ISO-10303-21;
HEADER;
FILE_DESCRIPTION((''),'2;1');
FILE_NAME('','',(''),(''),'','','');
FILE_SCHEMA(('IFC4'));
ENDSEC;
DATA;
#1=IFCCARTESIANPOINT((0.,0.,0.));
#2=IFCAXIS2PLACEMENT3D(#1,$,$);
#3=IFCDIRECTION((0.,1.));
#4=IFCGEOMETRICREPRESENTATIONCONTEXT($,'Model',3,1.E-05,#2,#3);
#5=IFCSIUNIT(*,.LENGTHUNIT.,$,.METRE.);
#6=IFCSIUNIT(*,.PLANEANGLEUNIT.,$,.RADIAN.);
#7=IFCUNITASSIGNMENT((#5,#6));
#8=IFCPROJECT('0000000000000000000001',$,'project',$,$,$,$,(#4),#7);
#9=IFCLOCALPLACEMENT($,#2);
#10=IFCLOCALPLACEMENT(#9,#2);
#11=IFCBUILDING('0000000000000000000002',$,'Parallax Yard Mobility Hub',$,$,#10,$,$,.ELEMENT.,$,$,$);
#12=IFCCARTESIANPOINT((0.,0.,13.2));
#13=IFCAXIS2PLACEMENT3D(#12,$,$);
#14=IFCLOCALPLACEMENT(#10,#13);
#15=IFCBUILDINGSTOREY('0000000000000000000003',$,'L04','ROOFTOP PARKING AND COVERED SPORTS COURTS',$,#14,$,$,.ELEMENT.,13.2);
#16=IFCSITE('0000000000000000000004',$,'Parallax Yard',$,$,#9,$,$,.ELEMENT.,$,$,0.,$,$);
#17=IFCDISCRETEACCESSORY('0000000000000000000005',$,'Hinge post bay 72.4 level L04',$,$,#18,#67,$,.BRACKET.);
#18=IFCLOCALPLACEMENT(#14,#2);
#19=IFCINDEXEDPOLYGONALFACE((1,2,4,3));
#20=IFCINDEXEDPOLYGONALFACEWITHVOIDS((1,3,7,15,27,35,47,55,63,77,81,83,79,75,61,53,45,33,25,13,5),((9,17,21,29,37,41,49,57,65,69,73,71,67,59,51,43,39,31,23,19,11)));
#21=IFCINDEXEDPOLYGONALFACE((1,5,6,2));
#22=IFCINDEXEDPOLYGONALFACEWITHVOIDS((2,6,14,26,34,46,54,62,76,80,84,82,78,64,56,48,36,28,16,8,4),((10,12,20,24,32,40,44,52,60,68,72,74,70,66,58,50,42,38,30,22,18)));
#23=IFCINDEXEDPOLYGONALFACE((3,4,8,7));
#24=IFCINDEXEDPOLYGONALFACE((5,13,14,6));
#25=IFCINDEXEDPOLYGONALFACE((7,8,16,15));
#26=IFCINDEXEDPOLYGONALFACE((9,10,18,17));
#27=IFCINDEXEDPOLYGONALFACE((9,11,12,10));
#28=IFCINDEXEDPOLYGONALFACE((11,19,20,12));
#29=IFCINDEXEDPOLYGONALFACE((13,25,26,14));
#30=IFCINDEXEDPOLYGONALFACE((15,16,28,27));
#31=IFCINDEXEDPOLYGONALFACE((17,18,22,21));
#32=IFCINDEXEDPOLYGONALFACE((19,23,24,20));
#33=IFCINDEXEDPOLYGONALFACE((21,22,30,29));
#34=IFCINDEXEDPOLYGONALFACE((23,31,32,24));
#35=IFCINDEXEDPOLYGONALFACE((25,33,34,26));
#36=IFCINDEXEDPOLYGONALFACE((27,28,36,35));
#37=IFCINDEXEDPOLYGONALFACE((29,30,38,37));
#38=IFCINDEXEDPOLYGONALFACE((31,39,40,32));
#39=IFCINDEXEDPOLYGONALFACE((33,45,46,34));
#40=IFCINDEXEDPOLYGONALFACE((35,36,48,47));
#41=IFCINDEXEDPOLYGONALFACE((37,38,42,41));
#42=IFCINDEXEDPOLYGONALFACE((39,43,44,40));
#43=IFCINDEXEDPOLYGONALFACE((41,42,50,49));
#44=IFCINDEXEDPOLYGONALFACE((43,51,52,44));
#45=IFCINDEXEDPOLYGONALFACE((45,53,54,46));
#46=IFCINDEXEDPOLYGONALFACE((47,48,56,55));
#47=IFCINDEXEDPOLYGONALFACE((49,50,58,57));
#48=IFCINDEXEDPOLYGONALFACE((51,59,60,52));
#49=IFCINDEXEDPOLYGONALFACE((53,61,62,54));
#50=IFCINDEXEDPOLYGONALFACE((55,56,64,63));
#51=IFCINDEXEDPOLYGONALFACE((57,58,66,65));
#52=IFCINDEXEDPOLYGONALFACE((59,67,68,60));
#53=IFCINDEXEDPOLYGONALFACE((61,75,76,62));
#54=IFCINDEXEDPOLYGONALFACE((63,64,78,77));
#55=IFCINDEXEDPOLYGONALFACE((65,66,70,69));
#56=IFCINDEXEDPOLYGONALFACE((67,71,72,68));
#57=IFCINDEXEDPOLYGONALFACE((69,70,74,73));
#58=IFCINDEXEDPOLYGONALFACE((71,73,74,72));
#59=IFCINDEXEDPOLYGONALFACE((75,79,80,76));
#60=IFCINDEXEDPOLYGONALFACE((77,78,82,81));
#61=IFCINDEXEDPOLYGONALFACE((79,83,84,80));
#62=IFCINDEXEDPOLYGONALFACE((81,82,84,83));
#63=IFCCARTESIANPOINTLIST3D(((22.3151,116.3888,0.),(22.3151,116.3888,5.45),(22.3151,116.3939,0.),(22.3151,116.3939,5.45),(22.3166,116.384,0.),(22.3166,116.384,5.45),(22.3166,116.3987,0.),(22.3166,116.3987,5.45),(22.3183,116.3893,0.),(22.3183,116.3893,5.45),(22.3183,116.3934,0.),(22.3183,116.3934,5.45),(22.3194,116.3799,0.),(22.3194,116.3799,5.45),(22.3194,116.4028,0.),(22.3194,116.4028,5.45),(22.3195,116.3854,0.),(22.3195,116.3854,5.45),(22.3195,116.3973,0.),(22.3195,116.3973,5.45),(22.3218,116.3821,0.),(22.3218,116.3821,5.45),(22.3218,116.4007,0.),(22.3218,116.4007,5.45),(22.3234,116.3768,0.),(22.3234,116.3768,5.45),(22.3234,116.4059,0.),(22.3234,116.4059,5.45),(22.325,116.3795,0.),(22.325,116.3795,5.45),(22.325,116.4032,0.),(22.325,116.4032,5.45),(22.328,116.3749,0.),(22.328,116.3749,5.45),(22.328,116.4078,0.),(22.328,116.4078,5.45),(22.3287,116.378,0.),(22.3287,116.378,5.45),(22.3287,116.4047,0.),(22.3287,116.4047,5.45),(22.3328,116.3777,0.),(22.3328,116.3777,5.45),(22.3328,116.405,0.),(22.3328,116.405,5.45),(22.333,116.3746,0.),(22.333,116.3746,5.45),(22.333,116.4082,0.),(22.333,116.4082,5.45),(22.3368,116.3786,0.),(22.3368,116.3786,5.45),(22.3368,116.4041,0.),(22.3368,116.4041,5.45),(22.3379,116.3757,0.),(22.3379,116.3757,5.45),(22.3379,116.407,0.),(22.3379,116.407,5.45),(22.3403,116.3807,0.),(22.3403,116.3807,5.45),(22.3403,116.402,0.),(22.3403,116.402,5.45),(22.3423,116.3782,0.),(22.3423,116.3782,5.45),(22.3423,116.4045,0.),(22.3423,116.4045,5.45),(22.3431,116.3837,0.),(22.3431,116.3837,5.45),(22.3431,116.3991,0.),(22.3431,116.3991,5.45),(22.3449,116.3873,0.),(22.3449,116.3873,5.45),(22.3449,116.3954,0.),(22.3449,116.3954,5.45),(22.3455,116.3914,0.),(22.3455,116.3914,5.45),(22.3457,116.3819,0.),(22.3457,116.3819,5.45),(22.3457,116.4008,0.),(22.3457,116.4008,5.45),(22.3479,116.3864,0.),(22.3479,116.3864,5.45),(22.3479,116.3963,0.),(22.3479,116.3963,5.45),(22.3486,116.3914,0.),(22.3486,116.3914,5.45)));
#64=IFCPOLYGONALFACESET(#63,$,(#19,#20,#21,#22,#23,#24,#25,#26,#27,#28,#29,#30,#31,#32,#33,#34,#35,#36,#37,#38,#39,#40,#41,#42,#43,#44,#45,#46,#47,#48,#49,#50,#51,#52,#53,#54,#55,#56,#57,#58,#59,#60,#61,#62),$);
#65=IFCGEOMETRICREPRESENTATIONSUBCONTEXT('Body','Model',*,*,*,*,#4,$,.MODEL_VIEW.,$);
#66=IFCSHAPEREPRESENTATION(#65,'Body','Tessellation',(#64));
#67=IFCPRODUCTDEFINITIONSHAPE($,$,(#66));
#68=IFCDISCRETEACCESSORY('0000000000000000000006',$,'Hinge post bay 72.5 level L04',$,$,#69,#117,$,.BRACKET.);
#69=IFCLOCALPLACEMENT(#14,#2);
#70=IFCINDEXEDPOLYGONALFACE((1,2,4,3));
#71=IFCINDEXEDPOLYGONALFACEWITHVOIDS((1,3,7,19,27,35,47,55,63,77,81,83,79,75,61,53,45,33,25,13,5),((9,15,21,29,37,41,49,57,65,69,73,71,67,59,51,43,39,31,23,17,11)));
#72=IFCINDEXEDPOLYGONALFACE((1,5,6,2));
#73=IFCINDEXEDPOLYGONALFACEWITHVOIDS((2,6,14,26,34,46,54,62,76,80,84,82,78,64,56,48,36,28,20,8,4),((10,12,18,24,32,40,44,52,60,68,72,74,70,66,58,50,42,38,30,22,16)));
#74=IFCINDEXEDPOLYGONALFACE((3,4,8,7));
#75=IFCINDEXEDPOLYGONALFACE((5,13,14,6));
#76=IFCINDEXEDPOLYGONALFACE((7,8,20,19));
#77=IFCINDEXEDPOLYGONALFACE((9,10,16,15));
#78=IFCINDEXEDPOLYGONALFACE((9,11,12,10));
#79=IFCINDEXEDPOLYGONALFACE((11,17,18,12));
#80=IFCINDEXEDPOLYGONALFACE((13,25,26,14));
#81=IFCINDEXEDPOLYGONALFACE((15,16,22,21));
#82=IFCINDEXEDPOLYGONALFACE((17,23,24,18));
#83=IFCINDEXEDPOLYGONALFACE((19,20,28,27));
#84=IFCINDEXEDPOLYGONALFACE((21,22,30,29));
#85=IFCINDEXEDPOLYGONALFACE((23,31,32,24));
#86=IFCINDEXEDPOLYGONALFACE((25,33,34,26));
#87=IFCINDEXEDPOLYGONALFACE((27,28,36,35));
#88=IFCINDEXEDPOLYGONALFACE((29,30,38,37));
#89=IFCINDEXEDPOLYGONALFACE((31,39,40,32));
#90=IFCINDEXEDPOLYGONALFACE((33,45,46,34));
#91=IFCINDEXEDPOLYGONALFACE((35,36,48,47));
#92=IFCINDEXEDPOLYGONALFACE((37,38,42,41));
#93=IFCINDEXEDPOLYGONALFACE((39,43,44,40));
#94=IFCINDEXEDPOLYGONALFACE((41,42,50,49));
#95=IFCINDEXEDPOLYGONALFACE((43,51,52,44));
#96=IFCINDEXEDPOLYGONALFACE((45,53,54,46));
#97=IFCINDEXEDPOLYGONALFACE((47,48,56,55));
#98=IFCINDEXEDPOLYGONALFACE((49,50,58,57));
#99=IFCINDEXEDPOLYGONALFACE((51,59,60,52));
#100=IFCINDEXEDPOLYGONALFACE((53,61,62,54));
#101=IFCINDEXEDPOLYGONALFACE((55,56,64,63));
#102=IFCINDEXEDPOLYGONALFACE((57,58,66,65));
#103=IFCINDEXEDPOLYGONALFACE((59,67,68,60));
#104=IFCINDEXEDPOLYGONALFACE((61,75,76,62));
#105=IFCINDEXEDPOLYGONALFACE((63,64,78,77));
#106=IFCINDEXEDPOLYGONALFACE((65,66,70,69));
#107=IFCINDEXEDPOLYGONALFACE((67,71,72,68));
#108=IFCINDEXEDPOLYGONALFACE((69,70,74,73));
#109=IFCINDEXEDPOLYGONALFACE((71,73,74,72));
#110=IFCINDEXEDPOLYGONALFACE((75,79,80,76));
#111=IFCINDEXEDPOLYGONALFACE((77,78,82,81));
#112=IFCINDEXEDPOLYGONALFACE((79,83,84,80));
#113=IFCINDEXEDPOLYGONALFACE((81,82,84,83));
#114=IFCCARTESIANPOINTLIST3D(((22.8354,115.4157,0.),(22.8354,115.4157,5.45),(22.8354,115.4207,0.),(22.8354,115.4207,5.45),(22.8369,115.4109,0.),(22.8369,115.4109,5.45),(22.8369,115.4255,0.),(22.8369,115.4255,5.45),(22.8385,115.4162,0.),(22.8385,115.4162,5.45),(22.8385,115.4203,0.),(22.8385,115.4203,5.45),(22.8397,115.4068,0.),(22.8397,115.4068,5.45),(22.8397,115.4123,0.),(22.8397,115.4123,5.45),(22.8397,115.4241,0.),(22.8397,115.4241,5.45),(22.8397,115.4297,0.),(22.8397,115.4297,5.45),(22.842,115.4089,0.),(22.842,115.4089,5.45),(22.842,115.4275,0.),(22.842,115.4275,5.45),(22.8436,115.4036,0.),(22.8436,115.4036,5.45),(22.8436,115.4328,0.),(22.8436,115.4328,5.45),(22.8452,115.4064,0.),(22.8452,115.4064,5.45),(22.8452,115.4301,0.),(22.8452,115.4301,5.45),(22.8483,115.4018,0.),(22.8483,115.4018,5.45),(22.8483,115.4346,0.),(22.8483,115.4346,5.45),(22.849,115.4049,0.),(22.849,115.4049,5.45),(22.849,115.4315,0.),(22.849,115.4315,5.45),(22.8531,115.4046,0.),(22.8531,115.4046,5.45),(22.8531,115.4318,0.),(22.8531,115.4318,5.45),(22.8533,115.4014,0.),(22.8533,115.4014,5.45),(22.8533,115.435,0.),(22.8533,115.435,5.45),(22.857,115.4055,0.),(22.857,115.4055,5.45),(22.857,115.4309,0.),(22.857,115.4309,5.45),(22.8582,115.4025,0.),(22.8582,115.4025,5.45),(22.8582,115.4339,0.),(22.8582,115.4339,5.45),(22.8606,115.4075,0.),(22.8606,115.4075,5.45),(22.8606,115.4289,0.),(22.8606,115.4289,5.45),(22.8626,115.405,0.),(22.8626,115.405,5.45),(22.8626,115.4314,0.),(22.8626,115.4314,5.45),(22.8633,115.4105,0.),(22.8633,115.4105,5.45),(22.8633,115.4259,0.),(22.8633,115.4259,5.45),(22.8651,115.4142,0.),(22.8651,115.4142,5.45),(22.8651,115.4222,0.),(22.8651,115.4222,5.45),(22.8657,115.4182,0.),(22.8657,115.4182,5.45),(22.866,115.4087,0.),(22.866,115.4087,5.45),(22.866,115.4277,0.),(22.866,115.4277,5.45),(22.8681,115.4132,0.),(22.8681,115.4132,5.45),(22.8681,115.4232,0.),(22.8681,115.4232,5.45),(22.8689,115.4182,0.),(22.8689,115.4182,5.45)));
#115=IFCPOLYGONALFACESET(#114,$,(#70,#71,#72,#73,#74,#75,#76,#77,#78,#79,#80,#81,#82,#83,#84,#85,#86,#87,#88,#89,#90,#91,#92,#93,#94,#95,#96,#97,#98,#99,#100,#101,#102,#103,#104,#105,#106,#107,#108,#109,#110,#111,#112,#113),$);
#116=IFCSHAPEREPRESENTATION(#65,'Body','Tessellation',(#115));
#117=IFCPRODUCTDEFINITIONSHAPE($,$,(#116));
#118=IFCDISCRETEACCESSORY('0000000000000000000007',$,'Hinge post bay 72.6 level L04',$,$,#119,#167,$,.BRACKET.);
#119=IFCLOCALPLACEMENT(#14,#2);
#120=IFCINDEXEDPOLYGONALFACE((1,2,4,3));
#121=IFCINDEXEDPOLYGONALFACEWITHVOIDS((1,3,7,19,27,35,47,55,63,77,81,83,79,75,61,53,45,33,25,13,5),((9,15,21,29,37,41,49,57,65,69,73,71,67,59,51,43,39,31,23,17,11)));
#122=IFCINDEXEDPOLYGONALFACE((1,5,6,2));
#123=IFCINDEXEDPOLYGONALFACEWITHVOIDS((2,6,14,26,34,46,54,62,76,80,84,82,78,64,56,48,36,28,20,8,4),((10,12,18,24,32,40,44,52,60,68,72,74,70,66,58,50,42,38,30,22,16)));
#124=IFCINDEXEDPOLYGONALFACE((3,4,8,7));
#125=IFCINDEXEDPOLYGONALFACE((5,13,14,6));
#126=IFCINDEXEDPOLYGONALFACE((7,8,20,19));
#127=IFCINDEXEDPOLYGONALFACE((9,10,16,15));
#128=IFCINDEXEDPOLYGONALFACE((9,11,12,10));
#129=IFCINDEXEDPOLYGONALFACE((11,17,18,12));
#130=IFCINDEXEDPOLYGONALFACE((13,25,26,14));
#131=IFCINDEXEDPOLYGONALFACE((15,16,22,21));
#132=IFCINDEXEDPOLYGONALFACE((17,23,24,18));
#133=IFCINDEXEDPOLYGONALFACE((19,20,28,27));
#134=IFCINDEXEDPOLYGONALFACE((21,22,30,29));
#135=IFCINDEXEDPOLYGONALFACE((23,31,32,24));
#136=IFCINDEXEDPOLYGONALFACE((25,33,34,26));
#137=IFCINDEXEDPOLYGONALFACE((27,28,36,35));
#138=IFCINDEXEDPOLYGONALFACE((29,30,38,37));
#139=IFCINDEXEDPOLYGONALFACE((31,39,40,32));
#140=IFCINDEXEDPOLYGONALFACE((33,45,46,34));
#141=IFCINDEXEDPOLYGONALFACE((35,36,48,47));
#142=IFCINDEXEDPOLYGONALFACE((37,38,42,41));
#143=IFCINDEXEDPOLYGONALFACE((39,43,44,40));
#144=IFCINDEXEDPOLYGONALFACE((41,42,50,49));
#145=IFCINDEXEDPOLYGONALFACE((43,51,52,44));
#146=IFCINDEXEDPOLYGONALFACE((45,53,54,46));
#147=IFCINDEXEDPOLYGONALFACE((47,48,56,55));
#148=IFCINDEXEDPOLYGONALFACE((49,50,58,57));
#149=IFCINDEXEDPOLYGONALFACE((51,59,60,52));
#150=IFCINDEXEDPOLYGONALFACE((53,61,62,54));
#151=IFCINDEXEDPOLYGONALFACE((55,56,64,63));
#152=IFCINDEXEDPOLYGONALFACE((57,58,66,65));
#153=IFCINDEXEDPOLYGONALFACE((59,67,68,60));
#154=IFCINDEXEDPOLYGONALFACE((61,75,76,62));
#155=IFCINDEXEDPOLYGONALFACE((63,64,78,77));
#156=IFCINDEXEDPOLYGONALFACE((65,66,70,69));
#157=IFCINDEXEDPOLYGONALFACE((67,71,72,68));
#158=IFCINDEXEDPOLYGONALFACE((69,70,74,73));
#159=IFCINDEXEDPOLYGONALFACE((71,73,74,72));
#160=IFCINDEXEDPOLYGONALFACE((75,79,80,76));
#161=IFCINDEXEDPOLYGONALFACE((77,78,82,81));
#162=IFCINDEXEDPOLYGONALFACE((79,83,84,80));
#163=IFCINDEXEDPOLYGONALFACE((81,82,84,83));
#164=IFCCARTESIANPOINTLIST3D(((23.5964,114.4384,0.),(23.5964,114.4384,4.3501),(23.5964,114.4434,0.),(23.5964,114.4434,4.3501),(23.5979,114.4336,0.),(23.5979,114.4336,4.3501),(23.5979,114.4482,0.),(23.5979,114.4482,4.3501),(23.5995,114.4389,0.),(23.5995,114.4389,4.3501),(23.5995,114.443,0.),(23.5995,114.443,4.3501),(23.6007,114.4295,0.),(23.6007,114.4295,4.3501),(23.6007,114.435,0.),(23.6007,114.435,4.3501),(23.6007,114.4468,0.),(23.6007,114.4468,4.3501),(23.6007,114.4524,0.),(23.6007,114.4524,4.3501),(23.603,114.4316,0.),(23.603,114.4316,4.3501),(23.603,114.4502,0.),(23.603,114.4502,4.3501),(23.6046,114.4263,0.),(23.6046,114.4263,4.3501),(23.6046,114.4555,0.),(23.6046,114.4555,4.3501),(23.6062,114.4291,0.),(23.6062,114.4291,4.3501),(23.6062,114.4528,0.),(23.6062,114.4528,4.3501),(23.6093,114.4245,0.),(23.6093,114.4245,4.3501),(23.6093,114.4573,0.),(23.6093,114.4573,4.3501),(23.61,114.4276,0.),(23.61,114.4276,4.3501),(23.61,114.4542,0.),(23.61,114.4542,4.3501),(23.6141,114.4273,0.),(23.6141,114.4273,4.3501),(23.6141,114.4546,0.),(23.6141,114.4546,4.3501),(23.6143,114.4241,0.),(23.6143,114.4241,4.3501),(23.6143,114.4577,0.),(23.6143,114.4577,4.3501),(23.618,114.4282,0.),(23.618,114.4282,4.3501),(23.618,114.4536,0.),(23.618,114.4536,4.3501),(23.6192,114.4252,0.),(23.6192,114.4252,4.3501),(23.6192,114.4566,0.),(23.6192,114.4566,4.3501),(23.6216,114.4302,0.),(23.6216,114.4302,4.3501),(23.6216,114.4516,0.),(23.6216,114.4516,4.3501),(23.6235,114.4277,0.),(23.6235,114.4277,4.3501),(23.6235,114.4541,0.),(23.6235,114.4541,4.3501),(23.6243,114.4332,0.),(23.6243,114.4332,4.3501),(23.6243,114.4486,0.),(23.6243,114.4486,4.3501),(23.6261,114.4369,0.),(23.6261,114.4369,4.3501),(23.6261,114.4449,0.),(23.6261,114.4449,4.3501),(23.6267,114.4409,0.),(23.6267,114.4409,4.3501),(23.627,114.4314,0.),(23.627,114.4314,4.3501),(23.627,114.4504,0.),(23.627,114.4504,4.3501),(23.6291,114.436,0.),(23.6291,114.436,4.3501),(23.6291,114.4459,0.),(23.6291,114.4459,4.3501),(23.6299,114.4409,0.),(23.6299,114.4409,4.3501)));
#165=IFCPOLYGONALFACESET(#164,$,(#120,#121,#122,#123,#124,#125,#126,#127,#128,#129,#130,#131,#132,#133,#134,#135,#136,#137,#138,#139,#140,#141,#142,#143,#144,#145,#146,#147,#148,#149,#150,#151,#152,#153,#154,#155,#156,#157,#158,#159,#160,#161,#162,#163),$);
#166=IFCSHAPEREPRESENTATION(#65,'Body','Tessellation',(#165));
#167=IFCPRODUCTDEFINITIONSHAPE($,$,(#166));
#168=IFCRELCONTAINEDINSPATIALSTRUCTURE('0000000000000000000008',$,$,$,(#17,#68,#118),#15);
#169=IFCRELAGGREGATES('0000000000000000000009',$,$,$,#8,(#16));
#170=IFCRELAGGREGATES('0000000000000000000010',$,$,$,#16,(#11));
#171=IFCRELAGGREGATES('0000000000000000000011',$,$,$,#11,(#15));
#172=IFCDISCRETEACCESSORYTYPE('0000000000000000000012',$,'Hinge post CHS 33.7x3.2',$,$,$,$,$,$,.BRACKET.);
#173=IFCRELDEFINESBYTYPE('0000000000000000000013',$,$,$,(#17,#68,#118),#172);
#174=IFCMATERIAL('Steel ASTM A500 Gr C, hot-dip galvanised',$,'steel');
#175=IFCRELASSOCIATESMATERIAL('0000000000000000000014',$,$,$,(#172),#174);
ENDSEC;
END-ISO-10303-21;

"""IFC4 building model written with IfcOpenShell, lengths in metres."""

from ifc_helpers import new_model, si_unit, direction, frame, origin, origin_2d, place, context, subcontext, project, spatial, hollow_circle, extrude, material, material_profile, profile_set, type_object, element, save


model = new_model("IFC4")

# Units and contexts
model_context = context("Model", 3, precision=1e-05, world=origin(), true_north=direction((0.0, 1.0)))
body_context = subcontext(model_context, "Body", "Model", "MODEL_VIEW")
ifc_project = project(units=[si_unit("LENGTHUNIT", "METRE"), si_unit("PLANEANGLEUNIT", "RADIAN")], contexts=[model_context])

# Site, building, storey
site_placement = place(None, origin())
site = spatial("IfcSite", under=ifc_project, at=site_placement, Name="Parallax Yard", CompositionType="ELEMENT", RefElevation=0.0)
building_placement = place(site_placement, origin())
building = spatial("IfcBuilding", under=site, at=building_placement, Name="Parallax Yard Mobility Hub", CompositionType="ELEMENT")
storey_placement = place(building_placement, frame((0.0, 0.0, 13.2)))
storey = spatial("IfcBuildingStorey", under=building, at=storey_placement, Name="L04", Description="ROOFTOP PARKING AND COVERED SPORTS COURTS", CompositionType="ELEMENT", Elevation=13.2)

# Discrete accessories
ifc_material_1 = material(Name="Steel ASTM A500 Gr C, hot-dip galvanised", Category="steel")
ifc_material_profile_1 = material_profile(ifc_material_1, hollow_circle(Radius=0.0168, WallThickness=0.0032, at=origin_2d()), Name="CHS 33.7x3.2")
ifc_profile_set_1 = profile_set([ifc_material_profile_1], Name="Steel ASTM A500 Gr C, hot-dip galvanised")
discrete_accessory_type_1 = type_object("IfcDiscreteAccessoryType", Name="Hinge post CHS 33.7x3.2", PredefinedType="BRACKET", material=ifc_profile_set_1)
for number, where, z_axis, x_axis, name in (
    (1, (22.3318, 116.3914, 0.0), (0.0, 0.0, 1.0), (1.0, 0.0, 0.0), "Hinge post bay 72.4 level L04"),
    (2, (22.8521, 115.4182, 0.0), (0.0, 0.0, 1.0), (1.0, 0.0, 0.0), "Hinge post bay 72.5 level L04"),
):
    element("IfcDiscreteAccessory", number, at=place(storey_placement, frame(where, z_axis=z_axis, x_axis=x_axis)), inside=storey, type_object=discrete_accessory_type_1, Name=name, PredefinedType="BRACKET", context=body_context, shape_type="SweptSolid", body=[
        extrude(hollow_circle(Radius=0.0168, WallThickness=0.0032, at=origin_2d()), origin(), (0.0, 0.0, 1.0), 5.45),
    ])
discrete_accessory_1_placement = place(storey_placement, frame((23.613, 114.4409, 0.0), z_axis=(0.0, 0.0, 1.0), x_axis=(1.0, 0.0, 0.0)))
element("IfcDiscreteAccessory", 3, at=discrete_accessory_1_placement, inside=storey, type_object=discrete_accessory_type_1, Name="Hinge post bay 72.6 level L04", PredefinedType="BRACKET", context=body_context, shape_type="SweptSolid", body=[
    extrude(hollow_circle(Radius=0.0168, WallThickness=0.0032, at=origin_2d()), origin(), (0.0, 0.0, 1.0), 4.3501),
])

save(model, "model.ifc")
